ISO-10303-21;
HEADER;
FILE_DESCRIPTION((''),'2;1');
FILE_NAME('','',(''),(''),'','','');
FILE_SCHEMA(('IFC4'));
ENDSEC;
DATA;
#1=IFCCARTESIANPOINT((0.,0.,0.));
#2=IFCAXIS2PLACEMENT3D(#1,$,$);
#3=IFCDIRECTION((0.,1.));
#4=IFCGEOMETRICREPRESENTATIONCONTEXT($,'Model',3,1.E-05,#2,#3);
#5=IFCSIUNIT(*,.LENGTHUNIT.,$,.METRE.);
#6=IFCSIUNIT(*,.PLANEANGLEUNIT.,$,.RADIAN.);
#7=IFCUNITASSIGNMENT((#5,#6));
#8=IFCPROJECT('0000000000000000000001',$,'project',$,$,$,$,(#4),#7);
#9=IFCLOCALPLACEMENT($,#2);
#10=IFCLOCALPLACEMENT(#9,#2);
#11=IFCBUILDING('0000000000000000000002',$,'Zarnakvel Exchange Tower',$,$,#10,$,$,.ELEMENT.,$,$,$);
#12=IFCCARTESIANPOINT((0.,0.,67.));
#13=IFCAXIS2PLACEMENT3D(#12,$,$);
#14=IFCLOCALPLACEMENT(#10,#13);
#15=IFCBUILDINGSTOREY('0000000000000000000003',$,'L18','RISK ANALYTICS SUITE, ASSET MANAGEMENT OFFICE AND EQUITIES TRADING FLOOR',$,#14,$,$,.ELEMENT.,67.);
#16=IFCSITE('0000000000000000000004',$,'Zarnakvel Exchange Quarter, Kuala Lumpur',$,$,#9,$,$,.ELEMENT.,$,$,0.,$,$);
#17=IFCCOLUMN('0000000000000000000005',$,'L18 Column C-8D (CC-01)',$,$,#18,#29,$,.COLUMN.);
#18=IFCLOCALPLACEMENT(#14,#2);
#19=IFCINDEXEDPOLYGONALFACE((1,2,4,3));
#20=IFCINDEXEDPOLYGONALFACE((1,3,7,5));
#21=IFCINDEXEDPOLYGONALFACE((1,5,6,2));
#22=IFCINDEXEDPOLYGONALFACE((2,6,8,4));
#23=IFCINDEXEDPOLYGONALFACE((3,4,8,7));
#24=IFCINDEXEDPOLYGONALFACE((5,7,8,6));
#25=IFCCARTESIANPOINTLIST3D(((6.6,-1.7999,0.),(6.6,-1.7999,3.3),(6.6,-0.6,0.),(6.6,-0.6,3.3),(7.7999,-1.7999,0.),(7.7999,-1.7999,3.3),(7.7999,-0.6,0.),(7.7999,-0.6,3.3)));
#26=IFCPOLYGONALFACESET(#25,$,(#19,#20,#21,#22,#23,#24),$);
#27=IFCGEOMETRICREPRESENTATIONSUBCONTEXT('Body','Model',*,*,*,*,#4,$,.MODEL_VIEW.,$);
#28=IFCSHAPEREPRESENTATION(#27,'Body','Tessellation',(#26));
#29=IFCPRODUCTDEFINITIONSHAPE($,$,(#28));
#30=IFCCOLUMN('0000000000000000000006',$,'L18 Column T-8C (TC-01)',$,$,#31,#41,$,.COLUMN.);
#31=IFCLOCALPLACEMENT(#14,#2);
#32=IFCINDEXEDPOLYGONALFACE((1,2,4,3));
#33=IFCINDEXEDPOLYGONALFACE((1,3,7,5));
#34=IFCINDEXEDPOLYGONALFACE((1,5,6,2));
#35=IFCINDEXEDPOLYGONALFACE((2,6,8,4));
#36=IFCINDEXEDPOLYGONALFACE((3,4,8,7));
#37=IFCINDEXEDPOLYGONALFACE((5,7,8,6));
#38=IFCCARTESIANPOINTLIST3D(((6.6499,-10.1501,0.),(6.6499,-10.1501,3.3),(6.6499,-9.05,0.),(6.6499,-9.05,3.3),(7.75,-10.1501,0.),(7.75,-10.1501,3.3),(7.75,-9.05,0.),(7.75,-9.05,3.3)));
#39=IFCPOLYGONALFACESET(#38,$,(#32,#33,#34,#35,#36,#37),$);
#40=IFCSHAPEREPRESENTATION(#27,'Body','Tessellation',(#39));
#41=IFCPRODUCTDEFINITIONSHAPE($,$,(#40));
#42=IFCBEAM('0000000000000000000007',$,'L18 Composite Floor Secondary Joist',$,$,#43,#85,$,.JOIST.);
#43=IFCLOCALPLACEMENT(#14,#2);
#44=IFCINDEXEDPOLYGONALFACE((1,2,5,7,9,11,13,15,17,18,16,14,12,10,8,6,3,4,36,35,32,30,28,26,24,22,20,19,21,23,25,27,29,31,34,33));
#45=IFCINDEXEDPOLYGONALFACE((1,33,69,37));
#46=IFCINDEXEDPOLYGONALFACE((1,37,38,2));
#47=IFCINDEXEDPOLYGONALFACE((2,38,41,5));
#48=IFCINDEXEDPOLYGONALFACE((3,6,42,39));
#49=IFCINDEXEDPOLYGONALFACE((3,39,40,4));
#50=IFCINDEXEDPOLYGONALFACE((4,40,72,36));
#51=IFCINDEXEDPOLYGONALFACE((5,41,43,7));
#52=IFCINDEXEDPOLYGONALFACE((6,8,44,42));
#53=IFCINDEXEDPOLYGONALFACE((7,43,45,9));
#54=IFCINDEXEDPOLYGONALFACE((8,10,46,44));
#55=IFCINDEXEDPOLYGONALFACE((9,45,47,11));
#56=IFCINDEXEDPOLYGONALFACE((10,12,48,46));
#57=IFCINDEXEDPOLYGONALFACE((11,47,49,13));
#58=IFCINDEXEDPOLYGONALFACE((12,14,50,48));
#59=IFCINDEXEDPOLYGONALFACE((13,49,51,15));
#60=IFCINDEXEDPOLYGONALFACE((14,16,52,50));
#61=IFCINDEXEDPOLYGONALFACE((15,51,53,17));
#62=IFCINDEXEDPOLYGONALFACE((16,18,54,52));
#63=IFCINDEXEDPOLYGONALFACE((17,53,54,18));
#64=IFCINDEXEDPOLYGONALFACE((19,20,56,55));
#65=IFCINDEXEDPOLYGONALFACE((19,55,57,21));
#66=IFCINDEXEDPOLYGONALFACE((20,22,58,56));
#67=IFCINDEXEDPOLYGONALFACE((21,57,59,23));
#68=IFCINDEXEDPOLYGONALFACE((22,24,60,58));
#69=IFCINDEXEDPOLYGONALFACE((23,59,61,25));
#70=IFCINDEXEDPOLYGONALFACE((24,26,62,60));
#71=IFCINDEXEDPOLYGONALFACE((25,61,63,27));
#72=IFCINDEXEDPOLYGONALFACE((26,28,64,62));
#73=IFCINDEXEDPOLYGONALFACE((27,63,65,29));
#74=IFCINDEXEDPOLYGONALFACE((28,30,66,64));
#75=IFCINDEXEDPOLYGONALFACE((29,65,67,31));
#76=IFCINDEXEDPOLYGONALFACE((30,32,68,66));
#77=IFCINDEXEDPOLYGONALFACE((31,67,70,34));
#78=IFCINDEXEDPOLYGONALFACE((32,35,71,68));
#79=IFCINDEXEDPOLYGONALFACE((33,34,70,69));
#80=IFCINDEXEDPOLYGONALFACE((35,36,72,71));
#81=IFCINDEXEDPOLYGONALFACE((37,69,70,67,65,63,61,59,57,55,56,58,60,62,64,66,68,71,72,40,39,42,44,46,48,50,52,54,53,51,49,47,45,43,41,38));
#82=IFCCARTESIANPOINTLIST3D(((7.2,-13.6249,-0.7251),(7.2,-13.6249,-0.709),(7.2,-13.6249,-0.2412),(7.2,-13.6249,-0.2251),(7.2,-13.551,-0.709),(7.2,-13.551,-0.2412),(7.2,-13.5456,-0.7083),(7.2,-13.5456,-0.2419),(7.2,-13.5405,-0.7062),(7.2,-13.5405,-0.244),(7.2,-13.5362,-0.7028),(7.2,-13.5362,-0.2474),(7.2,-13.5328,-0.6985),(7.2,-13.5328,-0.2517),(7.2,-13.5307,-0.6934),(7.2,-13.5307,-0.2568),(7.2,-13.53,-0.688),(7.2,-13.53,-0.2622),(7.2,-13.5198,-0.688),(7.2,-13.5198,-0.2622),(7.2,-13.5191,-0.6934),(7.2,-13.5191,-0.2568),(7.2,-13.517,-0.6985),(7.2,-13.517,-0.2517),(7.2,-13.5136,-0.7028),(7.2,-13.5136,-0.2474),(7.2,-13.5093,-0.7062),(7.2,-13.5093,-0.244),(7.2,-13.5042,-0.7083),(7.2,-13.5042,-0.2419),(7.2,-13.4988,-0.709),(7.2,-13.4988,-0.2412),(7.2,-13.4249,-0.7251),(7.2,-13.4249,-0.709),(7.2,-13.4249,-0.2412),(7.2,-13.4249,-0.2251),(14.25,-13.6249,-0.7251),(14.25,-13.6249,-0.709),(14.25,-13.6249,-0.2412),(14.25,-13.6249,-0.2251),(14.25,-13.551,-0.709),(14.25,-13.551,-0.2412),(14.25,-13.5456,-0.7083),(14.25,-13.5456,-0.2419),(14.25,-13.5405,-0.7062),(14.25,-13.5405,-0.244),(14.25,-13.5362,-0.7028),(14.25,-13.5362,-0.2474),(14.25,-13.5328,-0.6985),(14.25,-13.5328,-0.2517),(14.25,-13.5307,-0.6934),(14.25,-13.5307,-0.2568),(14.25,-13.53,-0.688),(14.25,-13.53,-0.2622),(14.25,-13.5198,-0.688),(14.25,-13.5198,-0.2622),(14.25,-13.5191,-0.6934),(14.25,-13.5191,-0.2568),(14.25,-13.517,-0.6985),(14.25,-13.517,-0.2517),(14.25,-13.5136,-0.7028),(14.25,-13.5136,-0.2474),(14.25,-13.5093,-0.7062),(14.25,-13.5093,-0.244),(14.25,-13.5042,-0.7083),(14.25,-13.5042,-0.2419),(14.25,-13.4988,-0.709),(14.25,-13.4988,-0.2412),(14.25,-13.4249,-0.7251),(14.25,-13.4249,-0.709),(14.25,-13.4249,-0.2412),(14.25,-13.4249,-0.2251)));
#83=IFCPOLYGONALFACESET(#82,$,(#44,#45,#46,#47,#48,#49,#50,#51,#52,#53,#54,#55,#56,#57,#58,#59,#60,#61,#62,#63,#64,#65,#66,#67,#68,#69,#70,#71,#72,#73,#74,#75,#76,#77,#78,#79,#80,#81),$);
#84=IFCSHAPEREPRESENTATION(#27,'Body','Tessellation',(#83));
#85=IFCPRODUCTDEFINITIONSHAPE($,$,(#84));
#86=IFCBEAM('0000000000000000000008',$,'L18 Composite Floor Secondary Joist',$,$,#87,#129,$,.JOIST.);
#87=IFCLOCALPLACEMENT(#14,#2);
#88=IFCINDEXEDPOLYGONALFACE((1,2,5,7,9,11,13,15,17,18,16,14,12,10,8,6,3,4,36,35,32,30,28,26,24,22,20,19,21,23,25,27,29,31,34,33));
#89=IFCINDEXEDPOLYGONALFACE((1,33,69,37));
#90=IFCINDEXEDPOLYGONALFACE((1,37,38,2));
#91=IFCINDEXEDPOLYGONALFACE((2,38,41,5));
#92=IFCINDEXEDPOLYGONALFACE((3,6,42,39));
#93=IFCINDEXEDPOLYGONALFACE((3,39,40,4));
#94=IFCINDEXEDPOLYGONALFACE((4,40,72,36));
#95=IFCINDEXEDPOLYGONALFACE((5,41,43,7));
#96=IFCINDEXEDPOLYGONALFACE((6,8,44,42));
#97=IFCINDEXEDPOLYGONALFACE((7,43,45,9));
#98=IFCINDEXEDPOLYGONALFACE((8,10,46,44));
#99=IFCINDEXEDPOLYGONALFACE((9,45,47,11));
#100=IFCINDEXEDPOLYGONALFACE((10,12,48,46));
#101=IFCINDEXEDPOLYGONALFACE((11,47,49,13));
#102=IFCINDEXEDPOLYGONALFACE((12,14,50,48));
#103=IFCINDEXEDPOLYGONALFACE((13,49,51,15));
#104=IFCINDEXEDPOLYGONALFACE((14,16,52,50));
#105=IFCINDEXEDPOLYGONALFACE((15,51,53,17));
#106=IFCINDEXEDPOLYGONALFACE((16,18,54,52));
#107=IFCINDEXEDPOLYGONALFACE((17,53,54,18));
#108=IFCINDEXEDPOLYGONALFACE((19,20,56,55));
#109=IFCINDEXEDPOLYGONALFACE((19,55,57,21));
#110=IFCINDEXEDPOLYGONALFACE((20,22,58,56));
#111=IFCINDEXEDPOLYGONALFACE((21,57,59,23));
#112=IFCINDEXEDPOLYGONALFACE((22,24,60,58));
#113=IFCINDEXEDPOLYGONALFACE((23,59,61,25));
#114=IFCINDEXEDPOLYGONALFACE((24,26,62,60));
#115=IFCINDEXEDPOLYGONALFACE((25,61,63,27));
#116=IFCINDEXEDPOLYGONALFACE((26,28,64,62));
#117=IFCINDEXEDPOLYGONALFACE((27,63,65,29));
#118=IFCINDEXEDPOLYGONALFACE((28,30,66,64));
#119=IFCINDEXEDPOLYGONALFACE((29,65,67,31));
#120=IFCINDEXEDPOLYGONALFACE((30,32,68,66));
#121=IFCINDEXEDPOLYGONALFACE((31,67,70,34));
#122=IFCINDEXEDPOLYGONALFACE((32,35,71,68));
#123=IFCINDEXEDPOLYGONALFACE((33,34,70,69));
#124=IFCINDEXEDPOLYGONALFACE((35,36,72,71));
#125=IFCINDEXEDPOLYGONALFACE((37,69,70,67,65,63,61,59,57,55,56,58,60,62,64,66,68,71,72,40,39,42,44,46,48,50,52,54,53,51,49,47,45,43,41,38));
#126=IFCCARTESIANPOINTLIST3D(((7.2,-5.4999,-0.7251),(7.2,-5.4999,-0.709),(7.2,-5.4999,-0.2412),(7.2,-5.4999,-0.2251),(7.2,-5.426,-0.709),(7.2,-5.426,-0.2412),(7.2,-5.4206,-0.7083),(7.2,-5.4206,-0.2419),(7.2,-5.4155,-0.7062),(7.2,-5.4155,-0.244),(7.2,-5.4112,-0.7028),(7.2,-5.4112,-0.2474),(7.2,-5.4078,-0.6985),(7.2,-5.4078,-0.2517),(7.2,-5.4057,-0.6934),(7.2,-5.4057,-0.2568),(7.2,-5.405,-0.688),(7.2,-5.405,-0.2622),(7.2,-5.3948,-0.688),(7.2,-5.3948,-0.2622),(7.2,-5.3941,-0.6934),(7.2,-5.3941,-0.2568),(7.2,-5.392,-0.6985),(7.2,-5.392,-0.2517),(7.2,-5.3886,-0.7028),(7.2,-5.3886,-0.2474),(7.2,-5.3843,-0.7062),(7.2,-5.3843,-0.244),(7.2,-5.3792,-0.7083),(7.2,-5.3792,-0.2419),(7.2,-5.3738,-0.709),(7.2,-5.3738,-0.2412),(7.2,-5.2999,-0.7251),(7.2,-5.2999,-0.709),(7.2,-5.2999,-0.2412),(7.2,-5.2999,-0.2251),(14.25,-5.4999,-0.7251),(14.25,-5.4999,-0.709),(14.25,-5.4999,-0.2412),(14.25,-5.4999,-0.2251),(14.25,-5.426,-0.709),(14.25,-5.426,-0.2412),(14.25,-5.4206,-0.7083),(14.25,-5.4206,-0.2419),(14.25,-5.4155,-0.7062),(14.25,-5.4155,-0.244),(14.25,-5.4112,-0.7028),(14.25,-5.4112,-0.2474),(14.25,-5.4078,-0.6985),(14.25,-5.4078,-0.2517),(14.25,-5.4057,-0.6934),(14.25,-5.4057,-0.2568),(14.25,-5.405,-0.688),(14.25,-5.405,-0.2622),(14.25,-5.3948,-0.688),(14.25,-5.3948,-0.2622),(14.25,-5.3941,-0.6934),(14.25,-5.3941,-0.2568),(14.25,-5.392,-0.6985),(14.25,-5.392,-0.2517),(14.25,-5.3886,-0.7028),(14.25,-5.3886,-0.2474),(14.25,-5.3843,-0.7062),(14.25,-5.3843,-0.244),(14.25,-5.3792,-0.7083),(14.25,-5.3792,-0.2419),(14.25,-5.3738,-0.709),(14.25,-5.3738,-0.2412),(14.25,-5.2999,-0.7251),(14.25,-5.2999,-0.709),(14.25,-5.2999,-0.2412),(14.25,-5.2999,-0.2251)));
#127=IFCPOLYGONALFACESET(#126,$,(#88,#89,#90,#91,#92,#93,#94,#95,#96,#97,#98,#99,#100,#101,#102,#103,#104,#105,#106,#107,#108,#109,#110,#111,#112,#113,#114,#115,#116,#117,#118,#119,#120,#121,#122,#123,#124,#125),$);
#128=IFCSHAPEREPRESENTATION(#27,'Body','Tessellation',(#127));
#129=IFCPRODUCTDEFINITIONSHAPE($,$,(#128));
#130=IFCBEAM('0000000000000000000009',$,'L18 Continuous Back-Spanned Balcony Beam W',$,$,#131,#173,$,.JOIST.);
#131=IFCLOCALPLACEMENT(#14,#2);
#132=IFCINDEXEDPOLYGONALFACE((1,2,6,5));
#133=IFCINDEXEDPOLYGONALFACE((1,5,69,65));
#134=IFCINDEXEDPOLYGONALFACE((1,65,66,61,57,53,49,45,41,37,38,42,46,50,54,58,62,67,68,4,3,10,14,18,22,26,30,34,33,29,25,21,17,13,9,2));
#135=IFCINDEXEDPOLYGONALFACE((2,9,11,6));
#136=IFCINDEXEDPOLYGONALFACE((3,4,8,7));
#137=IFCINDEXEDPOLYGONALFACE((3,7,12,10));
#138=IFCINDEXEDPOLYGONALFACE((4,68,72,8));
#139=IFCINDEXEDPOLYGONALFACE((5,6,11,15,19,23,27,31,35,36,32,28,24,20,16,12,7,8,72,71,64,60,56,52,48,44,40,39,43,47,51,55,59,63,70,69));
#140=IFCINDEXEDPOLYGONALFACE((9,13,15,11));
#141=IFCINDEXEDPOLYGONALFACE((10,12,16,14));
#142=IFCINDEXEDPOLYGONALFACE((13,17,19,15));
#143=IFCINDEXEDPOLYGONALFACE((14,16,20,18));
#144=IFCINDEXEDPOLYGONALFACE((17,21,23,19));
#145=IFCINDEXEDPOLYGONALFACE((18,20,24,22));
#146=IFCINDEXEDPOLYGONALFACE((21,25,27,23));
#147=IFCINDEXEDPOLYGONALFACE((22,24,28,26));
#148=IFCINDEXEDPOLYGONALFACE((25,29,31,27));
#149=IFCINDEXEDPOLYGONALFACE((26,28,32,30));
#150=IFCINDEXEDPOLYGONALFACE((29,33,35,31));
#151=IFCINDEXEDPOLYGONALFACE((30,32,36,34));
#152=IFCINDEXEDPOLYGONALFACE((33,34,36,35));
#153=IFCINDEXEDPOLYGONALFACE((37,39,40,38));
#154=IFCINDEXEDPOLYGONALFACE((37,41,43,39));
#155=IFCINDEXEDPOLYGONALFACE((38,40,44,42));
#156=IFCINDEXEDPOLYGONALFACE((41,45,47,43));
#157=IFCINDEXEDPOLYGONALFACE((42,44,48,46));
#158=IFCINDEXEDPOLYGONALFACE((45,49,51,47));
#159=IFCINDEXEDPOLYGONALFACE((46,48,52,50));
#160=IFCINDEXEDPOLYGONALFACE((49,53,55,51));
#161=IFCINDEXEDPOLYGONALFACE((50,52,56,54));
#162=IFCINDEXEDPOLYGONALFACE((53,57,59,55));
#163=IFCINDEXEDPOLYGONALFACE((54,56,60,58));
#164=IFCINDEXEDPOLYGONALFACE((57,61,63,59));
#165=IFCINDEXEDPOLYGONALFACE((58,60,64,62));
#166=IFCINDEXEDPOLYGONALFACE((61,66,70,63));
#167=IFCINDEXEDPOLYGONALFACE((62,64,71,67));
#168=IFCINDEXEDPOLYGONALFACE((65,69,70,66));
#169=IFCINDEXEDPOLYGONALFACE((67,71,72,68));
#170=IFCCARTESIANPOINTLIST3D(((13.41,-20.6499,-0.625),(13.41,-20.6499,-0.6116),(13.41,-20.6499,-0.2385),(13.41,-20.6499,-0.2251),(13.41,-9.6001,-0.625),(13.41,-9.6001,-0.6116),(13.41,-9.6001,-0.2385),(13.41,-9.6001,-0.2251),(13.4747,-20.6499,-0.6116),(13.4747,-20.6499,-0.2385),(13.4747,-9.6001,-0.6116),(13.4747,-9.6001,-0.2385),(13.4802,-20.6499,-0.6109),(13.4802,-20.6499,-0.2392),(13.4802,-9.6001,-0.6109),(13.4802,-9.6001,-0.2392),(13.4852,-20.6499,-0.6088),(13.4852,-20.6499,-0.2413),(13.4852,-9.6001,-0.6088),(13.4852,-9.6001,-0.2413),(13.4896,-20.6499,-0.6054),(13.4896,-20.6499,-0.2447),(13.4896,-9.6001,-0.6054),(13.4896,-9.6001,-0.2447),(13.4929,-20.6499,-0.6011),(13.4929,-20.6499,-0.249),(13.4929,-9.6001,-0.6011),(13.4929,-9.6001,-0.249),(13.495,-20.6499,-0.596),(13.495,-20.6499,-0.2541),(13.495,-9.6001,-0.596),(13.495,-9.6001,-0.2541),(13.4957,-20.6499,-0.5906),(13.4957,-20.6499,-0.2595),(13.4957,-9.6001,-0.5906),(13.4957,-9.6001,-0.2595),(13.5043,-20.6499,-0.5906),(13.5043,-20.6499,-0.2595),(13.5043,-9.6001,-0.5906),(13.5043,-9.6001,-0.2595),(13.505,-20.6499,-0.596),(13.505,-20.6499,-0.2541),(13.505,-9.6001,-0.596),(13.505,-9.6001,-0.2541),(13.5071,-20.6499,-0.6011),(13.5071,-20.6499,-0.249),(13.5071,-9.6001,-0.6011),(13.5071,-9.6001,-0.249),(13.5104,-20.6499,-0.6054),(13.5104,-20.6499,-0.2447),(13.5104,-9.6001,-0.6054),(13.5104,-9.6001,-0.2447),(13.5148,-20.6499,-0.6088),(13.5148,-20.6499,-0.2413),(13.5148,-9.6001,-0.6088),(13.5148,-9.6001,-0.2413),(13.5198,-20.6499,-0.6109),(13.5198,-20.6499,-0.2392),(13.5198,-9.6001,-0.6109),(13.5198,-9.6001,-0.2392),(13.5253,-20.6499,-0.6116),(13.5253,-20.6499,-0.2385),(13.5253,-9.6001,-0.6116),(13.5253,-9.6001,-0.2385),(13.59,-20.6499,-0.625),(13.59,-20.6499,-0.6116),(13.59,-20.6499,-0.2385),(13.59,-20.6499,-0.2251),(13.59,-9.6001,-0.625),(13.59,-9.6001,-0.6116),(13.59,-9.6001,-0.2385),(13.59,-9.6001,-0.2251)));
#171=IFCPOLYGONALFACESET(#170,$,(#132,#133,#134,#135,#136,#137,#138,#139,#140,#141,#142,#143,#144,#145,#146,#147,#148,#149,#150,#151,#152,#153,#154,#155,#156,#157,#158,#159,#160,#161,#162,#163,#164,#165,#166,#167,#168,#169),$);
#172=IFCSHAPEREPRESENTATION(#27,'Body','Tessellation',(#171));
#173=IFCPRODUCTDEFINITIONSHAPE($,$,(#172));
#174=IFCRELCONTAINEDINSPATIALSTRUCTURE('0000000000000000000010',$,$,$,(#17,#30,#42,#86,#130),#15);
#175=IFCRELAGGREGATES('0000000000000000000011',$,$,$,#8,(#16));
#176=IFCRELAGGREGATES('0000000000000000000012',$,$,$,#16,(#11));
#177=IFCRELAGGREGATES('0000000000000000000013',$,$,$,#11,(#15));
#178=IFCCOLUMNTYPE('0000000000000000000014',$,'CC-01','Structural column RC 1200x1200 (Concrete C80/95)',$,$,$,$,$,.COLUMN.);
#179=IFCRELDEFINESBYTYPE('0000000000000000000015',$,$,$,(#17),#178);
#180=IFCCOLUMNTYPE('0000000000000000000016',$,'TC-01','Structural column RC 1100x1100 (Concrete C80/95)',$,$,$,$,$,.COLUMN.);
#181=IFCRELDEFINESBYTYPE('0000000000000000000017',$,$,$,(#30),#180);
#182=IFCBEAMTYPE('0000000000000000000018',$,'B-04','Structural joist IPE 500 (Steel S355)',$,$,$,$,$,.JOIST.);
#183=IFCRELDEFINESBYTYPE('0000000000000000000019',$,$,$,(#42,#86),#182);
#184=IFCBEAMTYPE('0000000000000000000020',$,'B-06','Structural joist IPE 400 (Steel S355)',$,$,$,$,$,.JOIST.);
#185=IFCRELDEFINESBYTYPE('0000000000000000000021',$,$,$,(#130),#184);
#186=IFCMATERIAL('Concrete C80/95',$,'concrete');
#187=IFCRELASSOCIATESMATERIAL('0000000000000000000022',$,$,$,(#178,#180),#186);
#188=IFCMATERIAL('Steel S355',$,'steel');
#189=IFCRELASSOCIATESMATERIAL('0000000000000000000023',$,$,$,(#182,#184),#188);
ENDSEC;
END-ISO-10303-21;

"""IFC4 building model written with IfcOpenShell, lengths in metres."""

from ifc_helpers import new_model, si_unit, direction, frame, origin, origin_2d, place, context, subcontext, project, spatial, rectangle, i_section, extrude, material, material_profile, profile_set, type_object, element, save


model = new_model("IFC4")

# Units and contexts
model_context = context("Model", 3, precision=1e-05, world=origin(), true_north=direction((0.0, 1.0)))
body_context = subcontext(model_context, "Body", "Model", "MODEL_VIEW")
ifc_project = project(units=[si_unit("LENGTHUNIT", "METRE"), si_unit("PLANEANGLEUNIT", "RADIAN")], contexts=[model_context])

# Site, building, storey
site_placement = place(None, origin())
site = spatial("IfcSite", under=ifc_project, at=site_placement, Name="Zarnakvel Exchange Quarter, Kuala Lumpur", CompositionType="ELEMENT", RefElevation=0.0)
building_placement = place(site_placement, origin())
building = spatial("IfcBuilding", under=site, at=building_placement, Name="Zarnakvel Exchange Tower", CompositionType="ELEMENT")
storey_placement = place(building_placement, frame((0.0, 0.0, 67.0)))
storey = spatial("IfcBuildingStorey", under=building, at=storey_placement, Name="L18", Description="RISK ANALYTICS SUITE, ASSET MANAGEMENT OFFICE AND EQUITIES TRADING FLOOR", CompositionType="ELEMENT", Elevation=67.0)

# Columns
ifc_material_1 = material(Name="Concrete C80/95", Category="concrete")
ifc_material_profile_1 = material_profile(ifc_material_1, rectangle(XDim=1.2, YDim=1.2, at=origin_2d()))
ifc_profile_set_1 = profile_set([ifc_material_profile_1], Name="Concrete C80/95")
column_type_1 = type_object("IfcColumnType", Name="CC-01", Description="Structural column RC 1200x1200 (Concrete C80/95)", PredefinedType="COLUMN", material=ifc_profile_set_1)
column_1_placement = place(storey_placement, frame((7.2, -1.2, 0.0), z_axis=(0.0, 0.0, 1.0), x_axis=(1.0, 0.0, 0.0)))
element("IfcColumn", 1, at=column_1_placement, inside=storey, type_object=column_type_1, Name="L18 Column C-8D (CC-01)", PredefinedType="COLUMN", context=body_context, shape_type="SweptSolid", body=[
    extrude(rectangle(XDim=1.2, YDim=1.2, at=origin_2d()), origin(), (0.0, 0.0, 1.0), 3.3),
])
ifc_material_profile_2 = material_profile(ifc_material_1, rectangle(XDim=1.1001, YDim=1.1001, at=origin_2d()))
ifc_profile_set_2 = profile_set([ifc_material_profile_2], Name="Concrete C80/95")
column_type_2 = type_object("IfcColumnType", Name="TC-01", Description="Structural column RC 1100x1100 (Concrete C80/95)", PredefinedType="COLUMN", material=ifc_profile_set_2)
column_2_placement = place(storey_placement, frame((7.2, -9.6001, 0.0), z_axis=(0.0, 0.0, 1.0), x_axis=(1.0, 0.0, 0.0)))
element("IfcColumn", 2, at=column_2_placement, inside=storey, type_object=column_type_2, Name="L18 Column T-8C (TC-01)", PredefinedType="COLUMN", context=body_context, shape_type="SweptSolid", body=[
    extrude(rectangle(XDim=1.1001, YDim=1.1001, at=origin_2d()), origin(), (0.0, 0.0, 1.0), 3.3),
])

# Beams
ifc_material_2 = material(Name="Steel S355", Category="steel")
ifc_material_profile_3 = material_profile(ifc_material_2, i_section(OverallWidth=0.2, OverallDepth=0.5, WebThickness=0.0103, FlangeThickness=0.0161, FilletRadius=0.021, at=origin_2d()))
ifc_profile_set_3 = profile_set([ifc_material_profile_3], Name="Steel S355")
beam_type_1 = type_object("IfcBeamType", Name="B-04", Description="Structural joist IPE 500 (Steel S355)", PredefinedType="JOIST", material=ifc_profile_set_3)
for number, where, z_axis, x_axis, name in (
    (3, (7.2, -13.5249, -0.4751), (1.0, 0.0, 0.0), (0.0, 1.0, 0.0), "L18 Composite Floor Secondary Joist"),
    (4, (7.2, -5.3999, -0.4751), (1.0, 0.0, 0.0), (0.0, 1.0, 0.0), "L18 Composite Floor Secondary Joist"),
):
    element("IfcBeam", number, at=place(storey_placement, frame(where, z_axis=z_axis, x_axis=x_axis)), inside=storey, type_object=beam_type_1, Name=name, PredefinedType="JOIST", context=body_context, shape_type="SweptSolid", body=[
        extrude(i_section(OverallWidth=0.2, OverallDepth=0.5, WebThickness=0.0103, FlangeThickness=0.0161, FilletRadius=0.021, at=origin_2d()), origin(), (0.0, 0.0, 1.0), 7.05),
    ])
ifc_material_profile_4 = material_profile(ifc_material_2, i_section(OverallWidth=0.1799, OverallDepth=0.3999, WebThickness=0.0085, FlangeThickness=0.0134, FilletRadius=0.021, at=origin_2d()))
ifc_profile_set_4 = profile_set([ifc_material_profile_4], Name="Steel S355")
beam_type_2 = type_object("IfcBeamType", Name="B-06", Description="Structural joist IPE 400 (Steel S355)", PredefinedType="JOIST", material=ifc_profile_set_4)
beam_1_placement = place(storey_placement, frame((13.5, -9.6001, -0.425), z_axis=(0.0, -1.0, 0.0), x_axis=(1.0, 0.0, 0.0)))
element("IfcBeam", 5, at=beam_1_placement, inside=storey, type_object=beam_type_2, Name="L18 Continuous Back-Spanned Balcony Beam W", PredefinedType="JOIST", context=body_context, shape_type="SweptSolid", body=[
    extrude(i_section(OverallWidth=0.1799, OverallDepth=0.3999, WebThickness=0.0085, FlangeThickness=0.0134, FilletRadius=0.021, at=origin_2d()), origin(), (0.0, 0.0, 1.0), 11.0498),
])

save(model, "model.ifc")
